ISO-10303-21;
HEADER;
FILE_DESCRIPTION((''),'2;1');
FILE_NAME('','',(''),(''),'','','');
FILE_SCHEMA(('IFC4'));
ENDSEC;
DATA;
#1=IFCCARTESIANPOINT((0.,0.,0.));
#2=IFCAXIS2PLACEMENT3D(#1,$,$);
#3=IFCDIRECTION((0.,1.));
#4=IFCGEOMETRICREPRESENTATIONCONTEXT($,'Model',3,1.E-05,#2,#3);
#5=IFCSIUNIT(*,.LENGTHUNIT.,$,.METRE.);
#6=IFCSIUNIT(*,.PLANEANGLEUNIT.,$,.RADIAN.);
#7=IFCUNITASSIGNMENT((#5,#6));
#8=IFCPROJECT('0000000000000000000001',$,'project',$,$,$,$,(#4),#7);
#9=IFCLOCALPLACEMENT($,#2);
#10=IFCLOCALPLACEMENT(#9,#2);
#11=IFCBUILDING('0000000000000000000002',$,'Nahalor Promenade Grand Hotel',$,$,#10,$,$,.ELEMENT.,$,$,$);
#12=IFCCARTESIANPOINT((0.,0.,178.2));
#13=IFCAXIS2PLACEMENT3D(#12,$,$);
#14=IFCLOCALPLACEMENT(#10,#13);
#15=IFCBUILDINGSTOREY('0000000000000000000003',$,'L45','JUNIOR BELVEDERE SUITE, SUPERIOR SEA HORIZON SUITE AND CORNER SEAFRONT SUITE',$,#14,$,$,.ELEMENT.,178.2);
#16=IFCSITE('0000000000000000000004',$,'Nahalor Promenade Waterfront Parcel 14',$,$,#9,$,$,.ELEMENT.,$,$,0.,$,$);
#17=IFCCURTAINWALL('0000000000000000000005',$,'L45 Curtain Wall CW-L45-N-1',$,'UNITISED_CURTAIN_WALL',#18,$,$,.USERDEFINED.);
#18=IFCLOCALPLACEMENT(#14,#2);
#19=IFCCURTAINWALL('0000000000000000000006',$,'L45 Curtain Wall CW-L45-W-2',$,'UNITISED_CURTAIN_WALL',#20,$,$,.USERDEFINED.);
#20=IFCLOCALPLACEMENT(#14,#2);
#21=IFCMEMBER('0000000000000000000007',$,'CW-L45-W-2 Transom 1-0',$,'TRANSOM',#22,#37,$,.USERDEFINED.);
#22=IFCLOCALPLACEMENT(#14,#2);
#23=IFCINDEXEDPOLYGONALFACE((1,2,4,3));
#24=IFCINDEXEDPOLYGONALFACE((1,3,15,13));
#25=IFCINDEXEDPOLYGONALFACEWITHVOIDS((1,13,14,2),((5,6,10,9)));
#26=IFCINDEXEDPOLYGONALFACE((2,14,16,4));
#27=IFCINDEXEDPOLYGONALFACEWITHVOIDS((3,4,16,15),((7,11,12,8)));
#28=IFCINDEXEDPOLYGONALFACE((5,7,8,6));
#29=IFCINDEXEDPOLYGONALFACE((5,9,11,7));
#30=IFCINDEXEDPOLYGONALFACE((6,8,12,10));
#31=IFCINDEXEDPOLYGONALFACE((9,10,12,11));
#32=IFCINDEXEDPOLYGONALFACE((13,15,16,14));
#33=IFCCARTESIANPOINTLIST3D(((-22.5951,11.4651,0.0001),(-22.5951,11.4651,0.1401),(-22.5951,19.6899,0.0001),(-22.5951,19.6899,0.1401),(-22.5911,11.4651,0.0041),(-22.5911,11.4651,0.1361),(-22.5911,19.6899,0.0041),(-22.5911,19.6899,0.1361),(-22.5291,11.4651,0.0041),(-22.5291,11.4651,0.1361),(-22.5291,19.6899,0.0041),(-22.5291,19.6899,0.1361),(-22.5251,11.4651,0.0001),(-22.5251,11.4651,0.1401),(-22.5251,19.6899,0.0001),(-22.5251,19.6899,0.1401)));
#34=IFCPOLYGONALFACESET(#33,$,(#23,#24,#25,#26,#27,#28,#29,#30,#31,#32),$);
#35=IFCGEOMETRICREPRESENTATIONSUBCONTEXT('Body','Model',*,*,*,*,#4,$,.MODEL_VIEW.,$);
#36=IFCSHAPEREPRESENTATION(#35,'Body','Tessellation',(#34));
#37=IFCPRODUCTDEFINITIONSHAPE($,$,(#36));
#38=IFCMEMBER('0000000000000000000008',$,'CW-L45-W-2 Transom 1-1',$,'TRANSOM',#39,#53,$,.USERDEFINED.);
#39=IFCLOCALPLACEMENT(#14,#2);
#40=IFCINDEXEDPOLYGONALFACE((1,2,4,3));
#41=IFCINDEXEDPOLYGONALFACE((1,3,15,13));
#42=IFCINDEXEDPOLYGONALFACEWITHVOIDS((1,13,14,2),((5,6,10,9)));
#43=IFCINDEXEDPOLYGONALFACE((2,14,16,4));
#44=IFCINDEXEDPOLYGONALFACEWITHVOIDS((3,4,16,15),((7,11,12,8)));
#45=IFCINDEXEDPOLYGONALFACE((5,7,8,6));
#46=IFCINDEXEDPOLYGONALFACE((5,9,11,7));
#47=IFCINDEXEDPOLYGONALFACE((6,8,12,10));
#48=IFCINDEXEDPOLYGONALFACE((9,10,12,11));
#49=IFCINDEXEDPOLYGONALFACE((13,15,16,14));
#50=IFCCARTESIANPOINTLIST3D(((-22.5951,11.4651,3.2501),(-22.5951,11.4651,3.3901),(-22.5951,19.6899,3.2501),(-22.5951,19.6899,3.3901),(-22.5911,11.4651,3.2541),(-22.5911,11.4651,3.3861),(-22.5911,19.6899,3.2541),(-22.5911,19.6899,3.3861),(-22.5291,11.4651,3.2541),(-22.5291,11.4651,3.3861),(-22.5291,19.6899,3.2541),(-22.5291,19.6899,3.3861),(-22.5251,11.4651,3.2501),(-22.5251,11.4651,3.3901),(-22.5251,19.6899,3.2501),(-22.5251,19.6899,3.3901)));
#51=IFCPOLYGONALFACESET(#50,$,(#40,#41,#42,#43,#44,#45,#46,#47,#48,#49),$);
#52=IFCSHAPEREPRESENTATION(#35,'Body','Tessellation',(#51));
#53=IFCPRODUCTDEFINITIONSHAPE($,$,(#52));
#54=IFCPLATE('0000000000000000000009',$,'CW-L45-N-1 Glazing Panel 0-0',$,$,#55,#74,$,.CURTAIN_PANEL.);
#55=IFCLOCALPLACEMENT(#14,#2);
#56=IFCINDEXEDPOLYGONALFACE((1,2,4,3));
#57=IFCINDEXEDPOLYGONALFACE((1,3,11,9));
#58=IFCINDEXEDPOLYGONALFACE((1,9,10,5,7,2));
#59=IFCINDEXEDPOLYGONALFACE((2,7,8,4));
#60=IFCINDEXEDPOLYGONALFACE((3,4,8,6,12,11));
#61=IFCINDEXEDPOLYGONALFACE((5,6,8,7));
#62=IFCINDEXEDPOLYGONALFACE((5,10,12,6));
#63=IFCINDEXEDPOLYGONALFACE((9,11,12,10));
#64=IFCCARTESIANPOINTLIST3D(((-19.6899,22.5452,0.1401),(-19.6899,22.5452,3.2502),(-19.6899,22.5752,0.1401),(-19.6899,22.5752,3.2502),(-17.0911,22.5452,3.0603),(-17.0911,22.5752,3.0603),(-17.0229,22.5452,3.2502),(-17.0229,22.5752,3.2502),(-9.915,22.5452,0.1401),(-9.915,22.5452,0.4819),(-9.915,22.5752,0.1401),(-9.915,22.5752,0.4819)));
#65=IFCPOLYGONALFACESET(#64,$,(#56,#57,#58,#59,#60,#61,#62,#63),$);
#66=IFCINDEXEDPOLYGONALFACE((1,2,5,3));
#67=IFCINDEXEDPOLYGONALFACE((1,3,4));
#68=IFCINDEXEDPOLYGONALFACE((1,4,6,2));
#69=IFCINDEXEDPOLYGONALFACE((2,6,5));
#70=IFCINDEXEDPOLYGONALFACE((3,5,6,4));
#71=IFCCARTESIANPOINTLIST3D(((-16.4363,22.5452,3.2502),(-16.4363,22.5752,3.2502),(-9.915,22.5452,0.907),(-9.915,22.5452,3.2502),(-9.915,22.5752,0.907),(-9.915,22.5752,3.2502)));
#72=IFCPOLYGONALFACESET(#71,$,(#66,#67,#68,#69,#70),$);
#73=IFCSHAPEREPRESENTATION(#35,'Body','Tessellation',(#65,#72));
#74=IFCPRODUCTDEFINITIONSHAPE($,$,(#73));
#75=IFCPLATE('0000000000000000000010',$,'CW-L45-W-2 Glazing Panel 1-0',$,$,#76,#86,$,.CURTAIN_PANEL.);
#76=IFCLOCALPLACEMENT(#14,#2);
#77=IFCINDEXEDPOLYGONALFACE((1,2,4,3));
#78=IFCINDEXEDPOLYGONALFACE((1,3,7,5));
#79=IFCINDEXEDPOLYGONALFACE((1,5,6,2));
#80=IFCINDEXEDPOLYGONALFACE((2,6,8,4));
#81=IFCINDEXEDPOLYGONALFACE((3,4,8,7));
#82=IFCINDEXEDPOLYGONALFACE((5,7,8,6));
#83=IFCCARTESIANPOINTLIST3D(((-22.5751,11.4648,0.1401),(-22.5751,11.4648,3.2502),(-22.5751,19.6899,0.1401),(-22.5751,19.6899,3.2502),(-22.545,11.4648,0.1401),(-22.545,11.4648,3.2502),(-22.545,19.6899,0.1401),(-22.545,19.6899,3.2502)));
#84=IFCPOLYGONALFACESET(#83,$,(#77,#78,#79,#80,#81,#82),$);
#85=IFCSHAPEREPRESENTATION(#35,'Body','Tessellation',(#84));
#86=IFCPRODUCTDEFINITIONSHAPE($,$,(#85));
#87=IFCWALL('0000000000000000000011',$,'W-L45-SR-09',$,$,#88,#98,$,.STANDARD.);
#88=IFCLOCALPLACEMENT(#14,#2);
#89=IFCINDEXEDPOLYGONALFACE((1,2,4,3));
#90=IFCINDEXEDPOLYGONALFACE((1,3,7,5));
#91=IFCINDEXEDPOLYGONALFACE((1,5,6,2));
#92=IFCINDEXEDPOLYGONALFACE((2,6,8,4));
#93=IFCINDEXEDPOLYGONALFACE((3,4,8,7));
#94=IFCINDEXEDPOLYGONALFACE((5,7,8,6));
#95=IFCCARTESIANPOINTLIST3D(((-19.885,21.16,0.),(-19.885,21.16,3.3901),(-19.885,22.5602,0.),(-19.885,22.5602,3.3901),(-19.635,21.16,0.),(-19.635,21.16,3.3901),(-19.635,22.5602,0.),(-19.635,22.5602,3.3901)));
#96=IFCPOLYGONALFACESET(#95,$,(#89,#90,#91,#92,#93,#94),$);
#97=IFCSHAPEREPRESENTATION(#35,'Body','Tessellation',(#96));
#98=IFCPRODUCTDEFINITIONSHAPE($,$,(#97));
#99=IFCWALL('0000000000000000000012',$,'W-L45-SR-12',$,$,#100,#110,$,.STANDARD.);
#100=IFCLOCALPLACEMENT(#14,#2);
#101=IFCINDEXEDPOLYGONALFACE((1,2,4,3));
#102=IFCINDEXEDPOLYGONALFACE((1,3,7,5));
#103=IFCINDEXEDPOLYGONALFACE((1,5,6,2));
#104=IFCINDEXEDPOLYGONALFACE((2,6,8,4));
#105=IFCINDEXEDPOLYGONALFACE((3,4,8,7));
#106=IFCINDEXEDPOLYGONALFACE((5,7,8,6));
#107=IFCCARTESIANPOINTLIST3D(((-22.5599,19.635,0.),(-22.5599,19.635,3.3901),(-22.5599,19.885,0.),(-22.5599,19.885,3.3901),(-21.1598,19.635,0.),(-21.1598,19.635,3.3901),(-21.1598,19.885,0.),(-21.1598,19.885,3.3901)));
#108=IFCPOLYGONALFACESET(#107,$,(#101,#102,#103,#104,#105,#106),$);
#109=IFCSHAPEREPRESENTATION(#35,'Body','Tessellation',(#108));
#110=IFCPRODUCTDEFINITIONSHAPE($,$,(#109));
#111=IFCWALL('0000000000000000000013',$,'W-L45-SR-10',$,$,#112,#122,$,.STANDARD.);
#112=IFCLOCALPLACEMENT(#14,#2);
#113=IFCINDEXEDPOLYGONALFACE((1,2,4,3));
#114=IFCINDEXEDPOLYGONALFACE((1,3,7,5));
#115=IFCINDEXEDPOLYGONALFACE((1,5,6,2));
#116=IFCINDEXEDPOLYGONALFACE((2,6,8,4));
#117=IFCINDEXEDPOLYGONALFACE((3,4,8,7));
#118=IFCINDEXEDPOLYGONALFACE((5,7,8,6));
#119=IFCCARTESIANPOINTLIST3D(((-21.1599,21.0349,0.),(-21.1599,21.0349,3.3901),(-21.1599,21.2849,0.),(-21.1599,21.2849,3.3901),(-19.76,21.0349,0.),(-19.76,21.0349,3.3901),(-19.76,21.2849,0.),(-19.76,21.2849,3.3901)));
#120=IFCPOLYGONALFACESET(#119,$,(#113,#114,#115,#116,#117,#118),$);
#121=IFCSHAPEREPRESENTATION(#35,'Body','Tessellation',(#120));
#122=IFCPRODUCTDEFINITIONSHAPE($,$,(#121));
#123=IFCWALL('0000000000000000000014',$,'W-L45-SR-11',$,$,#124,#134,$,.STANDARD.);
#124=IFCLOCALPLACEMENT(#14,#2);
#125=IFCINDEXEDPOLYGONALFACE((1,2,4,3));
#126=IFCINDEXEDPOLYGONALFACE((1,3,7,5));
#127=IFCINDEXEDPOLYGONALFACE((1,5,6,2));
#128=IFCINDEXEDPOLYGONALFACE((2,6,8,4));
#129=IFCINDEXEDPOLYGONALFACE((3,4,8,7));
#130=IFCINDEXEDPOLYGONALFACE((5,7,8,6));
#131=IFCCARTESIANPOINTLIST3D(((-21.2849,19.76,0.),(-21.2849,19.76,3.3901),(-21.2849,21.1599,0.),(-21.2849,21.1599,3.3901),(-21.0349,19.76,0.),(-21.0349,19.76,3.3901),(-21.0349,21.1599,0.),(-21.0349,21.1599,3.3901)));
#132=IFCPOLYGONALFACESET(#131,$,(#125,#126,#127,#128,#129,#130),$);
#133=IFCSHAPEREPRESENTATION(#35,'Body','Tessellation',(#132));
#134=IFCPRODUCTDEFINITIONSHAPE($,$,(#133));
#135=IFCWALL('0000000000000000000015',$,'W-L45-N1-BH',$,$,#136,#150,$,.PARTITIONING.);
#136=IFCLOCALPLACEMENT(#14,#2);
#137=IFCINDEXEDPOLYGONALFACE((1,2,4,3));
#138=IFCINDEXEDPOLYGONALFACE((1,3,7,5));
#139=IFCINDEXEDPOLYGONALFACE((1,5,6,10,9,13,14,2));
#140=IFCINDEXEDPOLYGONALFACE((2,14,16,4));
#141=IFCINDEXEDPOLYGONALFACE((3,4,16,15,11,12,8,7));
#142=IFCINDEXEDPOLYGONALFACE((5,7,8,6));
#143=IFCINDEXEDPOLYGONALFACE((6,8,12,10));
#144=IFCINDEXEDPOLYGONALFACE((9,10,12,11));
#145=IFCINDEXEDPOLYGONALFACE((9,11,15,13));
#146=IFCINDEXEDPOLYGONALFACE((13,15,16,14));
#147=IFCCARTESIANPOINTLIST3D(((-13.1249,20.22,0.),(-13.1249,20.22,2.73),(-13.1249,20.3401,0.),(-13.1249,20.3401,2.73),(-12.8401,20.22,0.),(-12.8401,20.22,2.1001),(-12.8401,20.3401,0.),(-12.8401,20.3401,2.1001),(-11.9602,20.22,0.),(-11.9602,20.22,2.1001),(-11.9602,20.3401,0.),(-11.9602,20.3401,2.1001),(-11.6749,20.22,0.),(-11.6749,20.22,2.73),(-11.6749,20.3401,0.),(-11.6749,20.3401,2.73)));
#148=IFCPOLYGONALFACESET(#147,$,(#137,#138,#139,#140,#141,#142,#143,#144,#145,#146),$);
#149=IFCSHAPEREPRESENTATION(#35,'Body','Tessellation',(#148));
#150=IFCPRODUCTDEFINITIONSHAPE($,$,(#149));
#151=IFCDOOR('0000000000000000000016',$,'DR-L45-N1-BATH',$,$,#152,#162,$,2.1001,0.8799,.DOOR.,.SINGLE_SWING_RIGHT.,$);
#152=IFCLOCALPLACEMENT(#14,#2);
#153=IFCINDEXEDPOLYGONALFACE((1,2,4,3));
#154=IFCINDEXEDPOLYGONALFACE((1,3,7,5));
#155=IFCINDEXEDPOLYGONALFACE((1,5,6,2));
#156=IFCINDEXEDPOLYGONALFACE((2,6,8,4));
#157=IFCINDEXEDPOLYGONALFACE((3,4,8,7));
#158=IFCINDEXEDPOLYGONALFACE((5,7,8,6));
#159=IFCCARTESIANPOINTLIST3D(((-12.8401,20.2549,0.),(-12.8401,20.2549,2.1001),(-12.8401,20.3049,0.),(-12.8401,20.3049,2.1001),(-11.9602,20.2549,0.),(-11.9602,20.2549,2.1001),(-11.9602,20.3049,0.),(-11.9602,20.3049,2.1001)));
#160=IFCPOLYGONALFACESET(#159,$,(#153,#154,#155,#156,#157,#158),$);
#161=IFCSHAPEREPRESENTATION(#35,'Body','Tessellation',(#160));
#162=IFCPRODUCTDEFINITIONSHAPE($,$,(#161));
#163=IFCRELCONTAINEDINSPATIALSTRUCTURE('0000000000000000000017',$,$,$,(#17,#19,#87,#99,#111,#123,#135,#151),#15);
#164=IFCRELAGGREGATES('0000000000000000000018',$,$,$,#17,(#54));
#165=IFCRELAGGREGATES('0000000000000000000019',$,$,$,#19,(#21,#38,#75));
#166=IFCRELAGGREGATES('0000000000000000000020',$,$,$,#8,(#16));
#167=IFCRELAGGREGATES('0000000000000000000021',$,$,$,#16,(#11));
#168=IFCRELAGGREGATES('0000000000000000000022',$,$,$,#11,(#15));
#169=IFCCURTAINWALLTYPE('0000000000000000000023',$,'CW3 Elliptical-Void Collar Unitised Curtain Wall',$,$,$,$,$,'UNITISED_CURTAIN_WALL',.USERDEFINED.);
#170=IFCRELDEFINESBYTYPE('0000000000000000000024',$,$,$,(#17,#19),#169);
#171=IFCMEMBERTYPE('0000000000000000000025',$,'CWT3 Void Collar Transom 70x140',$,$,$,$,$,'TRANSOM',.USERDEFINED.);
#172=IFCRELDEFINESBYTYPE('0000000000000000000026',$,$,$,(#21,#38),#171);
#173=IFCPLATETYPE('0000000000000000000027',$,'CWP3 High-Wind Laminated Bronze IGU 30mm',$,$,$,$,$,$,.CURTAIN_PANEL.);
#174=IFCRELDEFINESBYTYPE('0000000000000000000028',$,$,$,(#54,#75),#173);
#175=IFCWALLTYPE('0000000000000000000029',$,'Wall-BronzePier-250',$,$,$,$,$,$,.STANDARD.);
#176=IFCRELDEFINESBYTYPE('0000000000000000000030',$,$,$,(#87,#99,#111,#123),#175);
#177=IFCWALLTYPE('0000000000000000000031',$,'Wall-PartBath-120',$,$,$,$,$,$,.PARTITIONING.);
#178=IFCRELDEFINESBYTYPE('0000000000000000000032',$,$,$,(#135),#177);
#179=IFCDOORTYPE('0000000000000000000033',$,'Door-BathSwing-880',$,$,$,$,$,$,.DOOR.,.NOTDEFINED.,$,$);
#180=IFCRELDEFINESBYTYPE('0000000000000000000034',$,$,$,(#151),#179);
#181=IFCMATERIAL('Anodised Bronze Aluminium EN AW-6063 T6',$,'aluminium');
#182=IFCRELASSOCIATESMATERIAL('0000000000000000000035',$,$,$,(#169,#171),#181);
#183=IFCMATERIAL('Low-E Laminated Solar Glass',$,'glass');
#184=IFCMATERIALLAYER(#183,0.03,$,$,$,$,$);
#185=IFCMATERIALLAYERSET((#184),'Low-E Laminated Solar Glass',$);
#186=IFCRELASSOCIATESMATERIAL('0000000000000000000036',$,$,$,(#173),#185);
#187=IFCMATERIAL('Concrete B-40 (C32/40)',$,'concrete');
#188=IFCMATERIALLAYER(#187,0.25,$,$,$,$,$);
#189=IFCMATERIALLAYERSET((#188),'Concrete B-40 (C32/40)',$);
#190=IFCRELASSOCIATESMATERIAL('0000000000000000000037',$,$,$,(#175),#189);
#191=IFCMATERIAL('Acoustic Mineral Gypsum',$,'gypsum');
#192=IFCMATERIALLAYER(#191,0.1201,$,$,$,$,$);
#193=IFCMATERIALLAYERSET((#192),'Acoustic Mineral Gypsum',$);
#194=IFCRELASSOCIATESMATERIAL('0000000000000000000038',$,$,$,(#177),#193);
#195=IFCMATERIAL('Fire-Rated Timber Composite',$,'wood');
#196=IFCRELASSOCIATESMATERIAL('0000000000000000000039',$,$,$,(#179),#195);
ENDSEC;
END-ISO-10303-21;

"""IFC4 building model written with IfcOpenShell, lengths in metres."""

from ifc_helpers import new_model, si_unit, direction, frame, frame_2d, origin, origin_2d, place, context, subcontext, project, spatial, polyline, rectangle, hollow_rectangle, outline, extrude, source, transform, mapped, material, layer, layer_set, material_profile, profile_set, type_object, element, fill, aggregate, save


model = new_model("IFC4")

# Units and contexts
model_context = context("Model", 3, precision=1e-05, world=origin(), true_north=direction((0.0, 1.0)))
body_context = subcontext(model_context, "Body", "Model", "MODEL_VIEW")
ifc_project = project(units=[si_unit("LENGTHUNIT", "METRE"), si_unit("PLANEANGLEUNIT", "RADIAN")], contexts=[model_context])

# Site, building, storey
site_placement = place(None, origin())
site = spatial("IfcSite", under=ifc_project, at=site_placement, Name="Nahalor Promenade Waterfront Parcel 14", CompositionType="ELEMENT", RefElevation=0.0)
building_placement = place(site_placement, origin())
building = spatial("IfcBuilding", under=site, at=building_placement, Name="Nahalor Promenade Grand Hotel", CompositionType="ELEMENT")
storey_placement = place(building_placement, frame((0.0, 0.0, 178.2)))
storey = spatial("IfcBuildingStorey", under=building, at=storey_placement, Name="L45", Description="JUNIOR BELVEDERE SUITE, SUPERIOR SEA HORIZON SUITE AND CORNER SEAFRONT SUITE", CompositionType="ELEMENT", Elevation=178.2)

# Curtain wall
ifc_material_1 = material(Name="Anodised Bronze Aluminium EN AW-6063 T6", Category="aluminium")
curtain_wall_type = type_object("IfcCurtainWallType", Name="CW3 Elliptical-Void Collar Unitised Curtain Wall", ElementType="UNITISED_CURTAIN_WALL", PredefinedType="USERDEFINED", material=ifc_material_1)
curtain_wall_1_placement = place(storey_placement, origin())
curtain_wall_1 = element("IfcCurtainWall", 1, at=curtain_wall_1_placement, inside=storey, type_object=curtain_wall_type, Name="L45 Curtain Wall CW-L45-N-1", ObjectType="UNITISED_CURTAIN_WALL", PredefinedType="USERDEFINED")

# Curtain wall
curtain_wall_2_placement = place(storey_placement, origin())
curtain_wall_2 = element("IfcCurtainWall", 2, at=curtain_wall_2_placement, inside=storey, type_object=curtain_wall_type, Name="L45 Curtain Wall CW-L45-W-2", ObjectType="UNITISED_CURTAIN_WALL", PredefinedType="USERDEFINED")

# Members
ifc_material_profile_1 = material_profile(ifc_material_1, hollow_rectangle(XDim=0.07, YDim=0.14, WallThickness=0.004, at=origin_2d()), Name="CWT 70x140x4")
ifc_profile_set_1 = profile_set([ifc_material_profile_1], Name="Anodised Bronze Aluminium EN AW-6063 T6")
member_type_1 = type_object("IfcMemberType", Name="CWT3 Void Collar Transom 70x140", ElementType="TRANSOM", PredefinedType="USERDEFINED", material=ifc_profile_set_1)
shared_shape_1 = source(origin(), body_context, "Body", "SweptSolid", [
    extrude(hollow_rectangle(XDim=0.07, YDim=0.14, WallThickness=0.004, at=origin_2d()), origin(), (0.0, 0.0, 1.0), 8.2249),
])
member_1_placement = place(storey_placement, frame((-22.5601, 11.4651, 0.0701), z_axis=(0.0, 1.0, 0.0), x_axis=(-1.0, 0.0, 0.0)))
member_1 = element("IfcMember", 3, at=member_1_placement, type_object=member_type_1, Name="CW-L45-W-2 Transom 1-0", ObjectType="TRANSOM", PredefinedType="USERDEFINED", context=body_context, shape_type="MappedRepresentation", body=[
    mapped(shared_shape_1, transform((0.0, 0.0, 0.0), scale=1.0)),
])
member_2_placement = place(storey_placement, frame((-22.5601, 11.4651, 3.3201), z_axis=(0.0, 1.0, 0.0), x_axis=(-1.0, 0.0, 0.0)))
member_2 = element("IfcMember", 4, at=member_2_placement, type_object=member_type_1, Name="CW-L45-W-2 Transom 1-1", ObjectType="TRANSOM", PredefinedType="USERDEFINED", context=body_context, shape_type="MappedRepresentation", body=[
    mapped(shared_shape_1, transform((0.0, 0.0, 0.0), scale=1.0)),
])

# Plates
ifc_material_2 = material(Name="Low-E Laminated Solar Glass", Category="glass")
ifc_layer_1 = layer(ifc_material_2, 0.03)
ifc_layer_set_1 = layer_set([ifc_layer_1], Name="Low-E Laminated Solar Glass")
plate_type = type_object("IfcPlateType", Name="CWP3 High-Wind Laminated Bronze IGU 30mm", PredefinedType="CURTAIN_PANEL", material=ifc_layer_set_1)
plate_1_placement = place(storey_placement, frame((-14.8025, 22.5601, 0.1401), z_axis=(0.0, 0.0, 1.0), x_axis=(1.0, 0.0, 0.0)))
plate_1 = element("IfcPlate", 5, at=plate_1_placement, type_object=plate_type, Name="CW-L45-N-1 Glazing Panel 0-0", PredefinedType="CURTAIN_PANEL", context=body_context, shape_type="SweptSolid", body=[
    extrude(outline(polyline([(-4.8875, 0.0), (4.8875, 0.0), (4.8875, 0.3418), (-2.2886, 2.9202), (-2.2205, 3.1101), (-4.8875, 3.1101), (-4.8875, 0.0)])), frame((0.0, 0.0151, 0.0), z_axis=(0.0, -1.0, 0.0), x_axis=(1.0, 0.0, 0.0)), (0.0, 0.0, 1.0), 0.03),
    extrude(outline(polyline([(4.8875, 0.7668), (4.8875, 3.1101), (-1.6338, 3.1101), (4.8875, 0.7668)])), frame((0.0, 0.0151, 0.0), z_axis=(0.0, -1.0, 0.0), x_axis=(1.0, 0.0, 0.0)), (0.0, 0.0, 1.0), 0.03),
])
aggregate(curtain_wall_1, [plate_1])
shared_shape_2 = source(origin(), body_context, "Body", "SweptSolid", [
    extrude(rectangle(XDim=8.2251, YDim=0.03, at=origin_2d()), origin(), (0.0, 0.0, 1.0), 3.1101),
])
plate_2_placement = place(storey_placement, frame((-22.5601, 15.5774, 0.1401), z_axis=(0.0, 0.0, 1.0), x_axis=(0.0, 1.0, 0.0)))
plate_2 = element("IfcPlate", 6, at=plate_2_placement, type_object=plate_type, Name="CW-L45-W-2 Glazing Panel 1-0", PredefinedType="CURTAIN_PANEL", context=body_context, shape_type="MappedRepresentation", body=[
    mapped(shared_shape_2, transform((0.0, 0.0, 0.0), scale=1.0)),
])
aggregate(curtain_wall_2, [member_1, member_2, plate_2])

# Walls
ifc_material_3 = material(Name="Concrete B-40 (C32/40)", Category="concrete")
ifc_layer_2 = layer(ifc_material_3, 0.25)
ifc_layer_set_2 = layer_set([ifc_layer_2], Name="Concrete B-40 (C32/40)")
wall_type_1 = type_object("IfcWallType", Name="Wall-BronzePier-250", PredefinedType="STANDARD", material=ifc_layer_set_2)
shared_shape_3 = source(origin(), body_context, "Body", "SweptSolid", [
    extrude(rectangle(XDim=1.4001, YDim=0.25, at=frame_2d((0.7002, 0.0))), origin(), (0.0, 0.0, 1.0), 3.3901),
])
for number, where, z_axis, x_axis, name in (
    (7, (-19.76, 21.1599, 0.0), (0.0, 0.0, 1.0), (0.0, 1.0, 0.0), "W-L45-SR-09"),
    (8, (-22.5601, 19.76, 0.0), (0.0, 0.0, 1.0), (1.0, 0.0, 0.0), "W-L45-SR-12"),
):
    element("IfcWall", number, at=place(storey_placement, frame(where, z_axis=z_axis, x_axis=x_axis)), inside=storey, type_object=wall_type_1, Name=name, PredefinedType="STANDARD", context=body_context, shape_type="MappedRepresentation", body=[
        mapped(shared_shape_3, transform((0.0, 0.0, 0.0), scale=1.0)),
    ])
shared_shape_4 = source(origin(), body_context, "Body", "SweptSolid", [
    extrude(rectangle(XDim=1.3999, YDim=0.25, at=frame_2d((0.7, 0.0))), origin(), (0.0, 0.0, 1.0), 3.3901),
])
for number, where, z_axis, x_axis, name in (
    (9, (-21.1599, 21.1599, 0.0), (0.0, 0.0, 1.0), (1.0, 0.0, 0.0), "W-L45-SR-10"),
    (10, (-21.1599, 19.76, 0.0), (0.0, 0.0, 1.0), (0.0, 1.0, 0.0), "W-L45-SR-11"),
):
    element("IfcWall", number, at=place(storey_placement, frame(where, z_axis=z_axis, x_axis=x_axis)), inside=storey, type_object=wall_type_1, Name=name, PredefinedType="STANDARD", context=body_context, shape_type="MappedRepresentation", body=[
        mapped(shared_shape_4, transform((0.0, 0.0, 0.0), scale=1.0)),
    ])

# Wall, opening, door
ifc_material_4 = material(Name="Acoustic Mineral Gypsum", Category="gypsum")
ifc_layer_3 = layer(ifc_material_4, 0.1201)
ifc_layer_set_3 = layer_set([ifc_layer_3], Name="Acoustic Mineral Gypsum")
wall_type_2 = type_object("IfcWallType", Name="Wall-PartBath-120", PredefinedType="PARTITIONING", material=ifc_layer_set_3)
shared_shape_5 = source(origin(), body_context, "Body", "SweptSolid", [
    extrude(rectangle(XDim=1.45, YDim=0.1201, at=frame_2d((0.7251, 0.0))), origin(), (0.0, 0.0, 1.0), 2.73),
])
wall_1_placement = place(storey_placement, frame((-13.125, 20.28, 0.0), z_axis=(0.0, 0.0, 1.0), x_axis=(1.0, 0.0, 0.0)))
wall_1 = element("IfcWall", 11, at=wall_1_placement, inside=storey, type_object=wall_type_2, Name="W-L45-N1-BH", PredefinedType="PARTITIONING", context=body_context, shape_type="MappedRepresentation", body=[
    mapped(shared_shape_5, transform((0.0, 0.0, 0.0), scale=1.0)),
])
opening_1_placement = place(wall_1_placement, frame((0.2849, 0.0, 0.0)))
opening_1 = element("IfcOpeningElement", 12, at=opening_1_placement, cuts=wall_1, PredefinedType="OPENING", context=body_context, shape_type="SweptSolid", body=[
    extrude(rectangle(XDim=0.8799, YDim=2.1001, at=frame_2d((0.4399, 1.05))), frame((0.0, 0.0701, 0.0), z_axis=(0.0, -1.0, 0.0), x_axis=(1.0, 0.0, 0.0)), (0.0, 0.0, 1.0), 0.1401),
])
ifc_material_5 = material(Name="Fire-Rated Timber Composite", Category="wood")
door_type = type_object("IfcDoorType", Name="Door-BathSwing-880", OperationType="NOTDEFINED", PredefinedType="DOOR", material=ifc_material_5)
shared_shape_6 = source(origin(), body_context, "Body", "SweptSolid", [
    extrude(rectangle(XDim=0.8799, YDim=2.1001, at=frame_2d((0.4399, 1.05))), frame((0.0, 0.0249, 0.0), z_axis=(0.0, -1.0, 0.0), x_axis=(1.0, 0.0, 0.0)), (0.0, 0.0, 1.0), 0.05),
])
door_1_placement = place(opening_1_placement, origin())
door_1 = element("IfcDoor", 13, at=door_1_placement, inside=storey, type_object=door_type, Name="DR-L45-N1-BATH", OperationType="SINGLE_SWING_RIGHT", OverallHeight=2.1001, OverallWidth=0.8799, PredefinedType="DOOR", context=body_context, shape_type="MappedRepresentation", body=[
    mapped(shared_shape_6, transform((0.0, 0.0, 0.0), scale=1.0)),
])
fill(opening_1, door_1)

save(model, "model.ifc")
